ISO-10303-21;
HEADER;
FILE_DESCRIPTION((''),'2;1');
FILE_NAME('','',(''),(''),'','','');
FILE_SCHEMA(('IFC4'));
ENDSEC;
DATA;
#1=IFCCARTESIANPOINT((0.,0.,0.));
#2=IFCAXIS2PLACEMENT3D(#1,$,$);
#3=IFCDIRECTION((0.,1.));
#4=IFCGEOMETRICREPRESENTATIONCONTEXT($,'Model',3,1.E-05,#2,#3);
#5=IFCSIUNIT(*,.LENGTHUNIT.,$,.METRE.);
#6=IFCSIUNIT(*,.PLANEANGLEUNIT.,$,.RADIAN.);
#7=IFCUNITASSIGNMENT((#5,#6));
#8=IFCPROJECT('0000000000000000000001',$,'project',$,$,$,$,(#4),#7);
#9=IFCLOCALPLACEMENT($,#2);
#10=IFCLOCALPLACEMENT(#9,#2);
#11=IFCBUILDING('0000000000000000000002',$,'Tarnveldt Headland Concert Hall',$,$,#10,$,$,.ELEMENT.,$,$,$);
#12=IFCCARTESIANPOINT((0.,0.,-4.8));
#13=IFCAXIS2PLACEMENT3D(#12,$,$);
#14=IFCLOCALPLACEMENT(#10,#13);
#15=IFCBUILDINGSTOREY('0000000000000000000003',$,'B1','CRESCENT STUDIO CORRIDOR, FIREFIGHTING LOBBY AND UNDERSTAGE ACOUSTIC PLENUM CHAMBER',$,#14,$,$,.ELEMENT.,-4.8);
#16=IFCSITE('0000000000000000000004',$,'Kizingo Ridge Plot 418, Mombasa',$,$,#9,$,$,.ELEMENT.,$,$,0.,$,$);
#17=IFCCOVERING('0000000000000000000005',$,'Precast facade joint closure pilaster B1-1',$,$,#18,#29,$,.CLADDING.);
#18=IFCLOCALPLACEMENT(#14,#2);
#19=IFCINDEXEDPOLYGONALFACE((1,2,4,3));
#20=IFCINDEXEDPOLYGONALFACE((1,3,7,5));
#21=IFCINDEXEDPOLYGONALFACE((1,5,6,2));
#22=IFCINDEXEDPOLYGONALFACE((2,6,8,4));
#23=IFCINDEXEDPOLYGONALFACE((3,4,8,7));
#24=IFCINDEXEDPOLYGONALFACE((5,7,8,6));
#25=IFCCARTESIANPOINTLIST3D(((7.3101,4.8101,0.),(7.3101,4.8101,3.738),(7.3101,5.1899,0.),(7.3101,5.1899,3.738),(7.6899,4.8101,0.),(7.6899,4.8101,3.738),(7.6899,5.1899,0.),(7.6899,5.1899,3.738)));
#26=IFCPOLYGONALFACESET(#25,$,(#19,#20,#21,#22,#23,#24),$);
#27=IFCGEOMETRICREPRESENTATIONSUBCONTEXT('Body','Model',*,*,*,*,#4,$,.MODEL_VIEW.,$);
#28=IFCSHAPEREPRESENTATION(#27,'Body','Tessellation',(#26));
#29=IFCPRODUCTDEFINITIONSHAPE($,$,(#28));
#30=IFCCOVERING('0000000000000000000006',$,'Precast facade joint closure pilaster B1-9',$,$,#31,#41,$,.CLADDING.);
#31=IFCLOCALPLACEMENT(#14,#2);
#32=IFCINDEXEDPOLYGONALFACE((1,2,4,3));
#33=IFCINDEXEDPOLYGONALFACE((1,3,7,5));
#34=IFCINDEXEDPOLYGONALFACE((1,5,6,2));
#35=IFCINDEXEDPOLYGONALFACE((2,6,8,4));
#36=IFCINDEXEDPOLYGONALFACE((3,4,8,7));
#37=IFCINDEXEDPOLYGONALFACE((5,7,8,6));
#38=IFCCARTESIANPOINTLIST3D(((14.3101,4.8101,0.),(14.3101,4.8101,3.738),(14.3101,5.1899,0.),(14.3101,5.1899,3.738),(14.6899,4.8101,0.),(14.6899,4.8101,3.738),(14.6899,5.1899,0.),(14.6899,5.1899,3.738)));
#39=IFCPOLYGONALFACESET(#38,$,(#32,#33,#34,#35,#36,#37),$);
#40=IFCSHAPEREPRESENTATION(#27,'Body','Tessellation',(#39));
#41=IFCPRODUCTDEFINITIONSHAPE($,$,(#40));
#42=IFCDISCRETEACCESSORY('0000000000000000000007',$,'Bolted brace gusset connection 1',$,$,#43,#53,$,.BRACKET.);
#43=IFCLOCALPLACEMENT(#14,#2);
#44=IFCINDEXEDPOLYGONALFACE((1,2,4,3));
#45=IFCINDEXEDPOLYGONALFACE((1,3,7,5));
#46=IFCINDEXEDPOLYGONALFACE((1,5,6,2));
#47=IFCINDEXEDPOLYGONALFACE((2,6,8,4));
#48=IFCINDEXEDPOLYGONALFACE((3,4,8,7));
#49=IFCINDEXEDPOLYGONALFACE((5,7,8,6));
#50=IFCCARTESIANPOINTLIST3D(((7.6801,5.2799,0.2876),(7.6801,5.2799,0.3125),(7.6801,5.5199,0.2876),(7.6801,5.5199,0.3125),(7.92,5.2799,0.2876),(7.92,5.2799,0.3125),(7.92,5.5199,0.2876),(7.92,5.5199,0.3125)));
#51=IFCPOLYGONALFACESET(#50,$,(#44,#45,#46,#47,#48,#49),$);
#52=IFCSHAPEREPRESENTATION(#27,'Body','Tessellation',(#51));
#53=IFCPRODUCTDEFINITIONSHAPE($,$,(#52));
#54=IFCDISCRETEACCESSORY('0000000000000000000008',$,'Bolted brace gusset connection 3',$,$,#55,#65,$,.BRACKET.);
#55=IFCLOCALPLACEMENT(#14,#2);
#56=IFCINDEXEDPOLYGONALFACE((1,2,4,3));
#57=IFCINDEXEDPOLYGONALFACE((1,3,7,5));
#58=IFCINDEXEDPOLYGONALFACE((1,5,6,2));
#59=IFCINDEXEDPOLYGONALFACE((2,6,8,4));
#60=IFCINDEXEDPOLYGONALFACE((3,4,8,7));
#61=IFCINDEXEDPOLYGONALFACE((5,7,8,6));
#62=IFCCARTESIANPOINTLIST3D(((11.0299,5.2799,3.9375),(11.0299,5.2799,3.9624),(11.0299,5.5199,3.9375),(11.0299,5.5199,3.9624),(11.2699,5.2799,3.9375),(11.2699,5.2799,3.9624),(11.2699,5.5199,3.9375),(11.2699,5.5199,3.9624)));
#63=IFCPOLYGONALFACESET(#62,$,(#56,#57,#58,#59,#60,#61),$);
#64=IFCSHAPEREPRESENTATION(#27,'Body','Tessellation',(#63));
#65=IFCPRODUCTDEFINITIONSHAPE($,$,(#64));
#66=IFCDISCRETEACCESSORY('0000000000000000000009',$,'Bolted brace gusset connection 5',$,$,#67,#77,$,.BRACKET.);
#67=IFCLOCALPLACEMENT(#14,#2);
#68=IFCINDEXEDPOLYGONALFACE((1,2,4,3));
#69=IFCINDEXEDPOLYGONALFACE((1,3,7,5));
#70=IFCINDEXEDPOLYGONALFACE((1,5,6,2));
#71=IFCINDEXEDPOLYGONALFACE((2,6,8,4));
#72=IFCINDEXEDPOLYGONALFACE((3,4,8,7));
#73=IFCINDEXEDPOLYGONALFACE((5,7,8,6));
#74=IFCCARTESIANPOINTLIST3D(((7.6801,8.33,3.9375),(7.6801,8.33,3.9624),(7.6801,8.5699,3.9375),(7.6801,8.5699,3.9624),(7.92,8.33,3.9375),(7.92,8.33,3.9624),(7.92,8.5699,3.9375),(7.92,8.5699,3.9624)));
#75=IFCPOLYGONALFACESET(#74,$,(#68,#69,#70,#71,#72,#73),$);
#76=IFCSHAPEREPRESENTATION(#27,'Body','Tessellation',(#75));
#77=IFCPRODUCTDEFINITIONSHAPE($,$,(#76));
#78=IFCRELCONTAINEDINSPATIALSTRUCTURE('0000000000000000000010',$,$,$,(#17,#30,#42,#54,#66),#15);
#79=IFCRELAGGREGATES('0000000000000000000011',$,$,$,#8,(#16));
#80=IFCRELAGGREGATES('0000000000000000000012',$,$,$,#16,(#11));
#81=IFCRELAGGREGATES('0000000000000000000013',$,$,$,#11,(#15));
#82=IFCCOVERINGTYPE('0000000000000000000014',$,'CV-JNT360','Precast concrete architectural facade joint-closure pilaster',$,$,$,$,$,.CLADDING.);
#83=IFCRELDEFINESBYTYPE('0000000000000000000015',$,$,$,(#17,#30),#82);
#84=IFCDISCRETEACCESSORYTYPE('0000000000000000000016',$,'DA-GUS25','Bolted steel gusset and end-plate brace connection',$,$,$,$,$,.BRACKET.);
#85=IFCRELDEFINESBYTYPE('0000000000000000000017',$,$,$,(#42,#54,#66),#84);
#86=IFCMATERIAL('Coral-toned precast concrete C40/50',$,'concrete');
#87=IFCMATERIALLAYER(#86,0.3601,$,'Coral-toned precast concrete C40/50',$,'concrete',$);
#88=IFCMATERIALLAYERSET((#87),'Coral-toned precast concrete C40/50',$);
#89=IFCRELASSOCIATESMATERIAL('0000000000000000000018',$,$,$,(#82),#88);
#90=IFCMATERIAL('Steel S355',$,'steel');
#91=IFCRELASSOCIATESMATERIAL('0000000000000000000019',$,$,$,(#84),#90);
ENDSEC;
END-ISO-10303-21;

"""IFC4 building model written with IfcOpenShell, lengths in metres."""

from ifc_helpers import new_model, si_unit, direction, frame, origin, origin_2d, place, context, subcontext, project, spatial, rectangle, extrude, material, layer, layer_set, type_object, element, save


model = new_model("IFC4")

# Units and contexts
model_context = context("Model", 3, precision=1e-05, world=origin(), true_north=direction((0.0, 1.0)))
body_context = subcontext(model_context, "Body", "Model", "MODEL_VIEW")
ifc_project = project(units=[si_unit("LENGTHUNIT", "METRE"), si_unit("PLANEANGLEUNIT", "RADIAN")], contexts=[model_context])

# Site, building, storey
site_placement = place(None, origin())
site = spatial("IfcSite", under=ifc_project, at=site_placement, Name="Kizingo Ridge Plot 418, Mombasa", CompositionType="ELEMENT", RefElevation=0.0)
building_placement = place(site_placement, origin())
building = spatial("IfcBuilding", under=site, at=building_placement, Name="Tarnveldt Headland Concert Hall", CompositionType="ELEMENT")
storey_placement = place(building_placement, frame((0.0, 0.0, -4.8)))
storey = spatial("IfcBuildingStorey", under=building, at=storey_placement, Name="B1", Description="CRESCENT STUDIO CORRIDOR, FIREFIGHTING LOBBY AND UNDERSTAGE ACOUSTIC PLENUM CHAMBER", CompositionType="ELEMENT", Elevation=-4.8)

# Shared definitions
ifc_material_1 = material(Name="Steel S355", Category="steel")

# Shared definitions
ifc_material_2 = material(Name="Coral-toned precast concrete C40/50", Category="concrete")

# Coverings
ifc_layer_1 = layer(ifc_material_2, 0.3601, Name="Coral-toned precast concrete C40/50", Category="concrete")
ifc_layer_set_1 = layer_set([ifc_layer_1], Name="Coral-toned precast concrete C40/50")
covering_type = type_object("IfcCoveringType", Name="CV-JNT360", Description="Precast concrete architectural facade joint-closure pilaster", PredefinedType="CLADDING", material=ifc_layer_set_1)
for number, where, z_axis, x_axis, name in (
    (1, (7.5, 5.0, 0.0), (0.0, 0.0, 1.0), (-1.0, 0.0, 0.0), "Precast facade joint closure pilaster B1-1"),
    (2, (14.5, 5.0, 0.0), (0.0, 0.0, 1.0), (-1.0, 0.0, 0.0), "Precast facade joint closure pilaster B1-9"),
):
    element("IfcCovering", number, at=place(storey_placement, frame(where, z_axis=z_axis, x_axis=x_axis)), inside=storey, type_object=covering_type, Name=name, PredefinedType="CLADDING", context=body_context, shape_type="SweptSolid", body=[
        extrude(rectangle(XDim=0.3799, YDim=0.3799, at=origin_2d()), origin(), (0.0, 0.0, 1.0), 3.738),
    ])

# Discrete accessories
discrete_accessory_type = type_object("IfcDiscreteAccessoryType", Name="DA-GUS25", Description="Bolted steel gusset and end-plate brace connection", PredefinedType="BRACKET", material=ifc_material_1)
for number, where, z_axis, x_axis, name in (
    (3, (7.8, 5.3999, 0.2876), (0.0, 0.0, 1.0), (1.0, 0.0, 0.0), "Bolted brace gusset connection 1"),
    (4, (11.1499, 5.3999, 3.9375), (0.0, 0.0, 1.0), (1.0, 0.0, 0.0), "Bolted brace gusset connection 3"),
    (5, (7.8, 8.45, 3.9375), (0.0, 0.0, 1.0), (1.0, 0.0, 0.0), "Bolted brace gusset connection 5"),
):
    element("IfcDiscreteAccessory", number, at=place(storey_placement, frame(where, z_axis=z_axis, x_axis=x_axis)), inside=storey, type_object=discrete_accessory_type, Name=name, PredefinedType="BRACKET", context=body_context, shape_type="SweptSolid", body=[
        extrude(rectangle(XDim=0.24, YDim=0.24, at=origin_2d()), origin(), (0.0, 0.0, 1.0), 0.0249),
    ])

save(model, "model.ifc")
